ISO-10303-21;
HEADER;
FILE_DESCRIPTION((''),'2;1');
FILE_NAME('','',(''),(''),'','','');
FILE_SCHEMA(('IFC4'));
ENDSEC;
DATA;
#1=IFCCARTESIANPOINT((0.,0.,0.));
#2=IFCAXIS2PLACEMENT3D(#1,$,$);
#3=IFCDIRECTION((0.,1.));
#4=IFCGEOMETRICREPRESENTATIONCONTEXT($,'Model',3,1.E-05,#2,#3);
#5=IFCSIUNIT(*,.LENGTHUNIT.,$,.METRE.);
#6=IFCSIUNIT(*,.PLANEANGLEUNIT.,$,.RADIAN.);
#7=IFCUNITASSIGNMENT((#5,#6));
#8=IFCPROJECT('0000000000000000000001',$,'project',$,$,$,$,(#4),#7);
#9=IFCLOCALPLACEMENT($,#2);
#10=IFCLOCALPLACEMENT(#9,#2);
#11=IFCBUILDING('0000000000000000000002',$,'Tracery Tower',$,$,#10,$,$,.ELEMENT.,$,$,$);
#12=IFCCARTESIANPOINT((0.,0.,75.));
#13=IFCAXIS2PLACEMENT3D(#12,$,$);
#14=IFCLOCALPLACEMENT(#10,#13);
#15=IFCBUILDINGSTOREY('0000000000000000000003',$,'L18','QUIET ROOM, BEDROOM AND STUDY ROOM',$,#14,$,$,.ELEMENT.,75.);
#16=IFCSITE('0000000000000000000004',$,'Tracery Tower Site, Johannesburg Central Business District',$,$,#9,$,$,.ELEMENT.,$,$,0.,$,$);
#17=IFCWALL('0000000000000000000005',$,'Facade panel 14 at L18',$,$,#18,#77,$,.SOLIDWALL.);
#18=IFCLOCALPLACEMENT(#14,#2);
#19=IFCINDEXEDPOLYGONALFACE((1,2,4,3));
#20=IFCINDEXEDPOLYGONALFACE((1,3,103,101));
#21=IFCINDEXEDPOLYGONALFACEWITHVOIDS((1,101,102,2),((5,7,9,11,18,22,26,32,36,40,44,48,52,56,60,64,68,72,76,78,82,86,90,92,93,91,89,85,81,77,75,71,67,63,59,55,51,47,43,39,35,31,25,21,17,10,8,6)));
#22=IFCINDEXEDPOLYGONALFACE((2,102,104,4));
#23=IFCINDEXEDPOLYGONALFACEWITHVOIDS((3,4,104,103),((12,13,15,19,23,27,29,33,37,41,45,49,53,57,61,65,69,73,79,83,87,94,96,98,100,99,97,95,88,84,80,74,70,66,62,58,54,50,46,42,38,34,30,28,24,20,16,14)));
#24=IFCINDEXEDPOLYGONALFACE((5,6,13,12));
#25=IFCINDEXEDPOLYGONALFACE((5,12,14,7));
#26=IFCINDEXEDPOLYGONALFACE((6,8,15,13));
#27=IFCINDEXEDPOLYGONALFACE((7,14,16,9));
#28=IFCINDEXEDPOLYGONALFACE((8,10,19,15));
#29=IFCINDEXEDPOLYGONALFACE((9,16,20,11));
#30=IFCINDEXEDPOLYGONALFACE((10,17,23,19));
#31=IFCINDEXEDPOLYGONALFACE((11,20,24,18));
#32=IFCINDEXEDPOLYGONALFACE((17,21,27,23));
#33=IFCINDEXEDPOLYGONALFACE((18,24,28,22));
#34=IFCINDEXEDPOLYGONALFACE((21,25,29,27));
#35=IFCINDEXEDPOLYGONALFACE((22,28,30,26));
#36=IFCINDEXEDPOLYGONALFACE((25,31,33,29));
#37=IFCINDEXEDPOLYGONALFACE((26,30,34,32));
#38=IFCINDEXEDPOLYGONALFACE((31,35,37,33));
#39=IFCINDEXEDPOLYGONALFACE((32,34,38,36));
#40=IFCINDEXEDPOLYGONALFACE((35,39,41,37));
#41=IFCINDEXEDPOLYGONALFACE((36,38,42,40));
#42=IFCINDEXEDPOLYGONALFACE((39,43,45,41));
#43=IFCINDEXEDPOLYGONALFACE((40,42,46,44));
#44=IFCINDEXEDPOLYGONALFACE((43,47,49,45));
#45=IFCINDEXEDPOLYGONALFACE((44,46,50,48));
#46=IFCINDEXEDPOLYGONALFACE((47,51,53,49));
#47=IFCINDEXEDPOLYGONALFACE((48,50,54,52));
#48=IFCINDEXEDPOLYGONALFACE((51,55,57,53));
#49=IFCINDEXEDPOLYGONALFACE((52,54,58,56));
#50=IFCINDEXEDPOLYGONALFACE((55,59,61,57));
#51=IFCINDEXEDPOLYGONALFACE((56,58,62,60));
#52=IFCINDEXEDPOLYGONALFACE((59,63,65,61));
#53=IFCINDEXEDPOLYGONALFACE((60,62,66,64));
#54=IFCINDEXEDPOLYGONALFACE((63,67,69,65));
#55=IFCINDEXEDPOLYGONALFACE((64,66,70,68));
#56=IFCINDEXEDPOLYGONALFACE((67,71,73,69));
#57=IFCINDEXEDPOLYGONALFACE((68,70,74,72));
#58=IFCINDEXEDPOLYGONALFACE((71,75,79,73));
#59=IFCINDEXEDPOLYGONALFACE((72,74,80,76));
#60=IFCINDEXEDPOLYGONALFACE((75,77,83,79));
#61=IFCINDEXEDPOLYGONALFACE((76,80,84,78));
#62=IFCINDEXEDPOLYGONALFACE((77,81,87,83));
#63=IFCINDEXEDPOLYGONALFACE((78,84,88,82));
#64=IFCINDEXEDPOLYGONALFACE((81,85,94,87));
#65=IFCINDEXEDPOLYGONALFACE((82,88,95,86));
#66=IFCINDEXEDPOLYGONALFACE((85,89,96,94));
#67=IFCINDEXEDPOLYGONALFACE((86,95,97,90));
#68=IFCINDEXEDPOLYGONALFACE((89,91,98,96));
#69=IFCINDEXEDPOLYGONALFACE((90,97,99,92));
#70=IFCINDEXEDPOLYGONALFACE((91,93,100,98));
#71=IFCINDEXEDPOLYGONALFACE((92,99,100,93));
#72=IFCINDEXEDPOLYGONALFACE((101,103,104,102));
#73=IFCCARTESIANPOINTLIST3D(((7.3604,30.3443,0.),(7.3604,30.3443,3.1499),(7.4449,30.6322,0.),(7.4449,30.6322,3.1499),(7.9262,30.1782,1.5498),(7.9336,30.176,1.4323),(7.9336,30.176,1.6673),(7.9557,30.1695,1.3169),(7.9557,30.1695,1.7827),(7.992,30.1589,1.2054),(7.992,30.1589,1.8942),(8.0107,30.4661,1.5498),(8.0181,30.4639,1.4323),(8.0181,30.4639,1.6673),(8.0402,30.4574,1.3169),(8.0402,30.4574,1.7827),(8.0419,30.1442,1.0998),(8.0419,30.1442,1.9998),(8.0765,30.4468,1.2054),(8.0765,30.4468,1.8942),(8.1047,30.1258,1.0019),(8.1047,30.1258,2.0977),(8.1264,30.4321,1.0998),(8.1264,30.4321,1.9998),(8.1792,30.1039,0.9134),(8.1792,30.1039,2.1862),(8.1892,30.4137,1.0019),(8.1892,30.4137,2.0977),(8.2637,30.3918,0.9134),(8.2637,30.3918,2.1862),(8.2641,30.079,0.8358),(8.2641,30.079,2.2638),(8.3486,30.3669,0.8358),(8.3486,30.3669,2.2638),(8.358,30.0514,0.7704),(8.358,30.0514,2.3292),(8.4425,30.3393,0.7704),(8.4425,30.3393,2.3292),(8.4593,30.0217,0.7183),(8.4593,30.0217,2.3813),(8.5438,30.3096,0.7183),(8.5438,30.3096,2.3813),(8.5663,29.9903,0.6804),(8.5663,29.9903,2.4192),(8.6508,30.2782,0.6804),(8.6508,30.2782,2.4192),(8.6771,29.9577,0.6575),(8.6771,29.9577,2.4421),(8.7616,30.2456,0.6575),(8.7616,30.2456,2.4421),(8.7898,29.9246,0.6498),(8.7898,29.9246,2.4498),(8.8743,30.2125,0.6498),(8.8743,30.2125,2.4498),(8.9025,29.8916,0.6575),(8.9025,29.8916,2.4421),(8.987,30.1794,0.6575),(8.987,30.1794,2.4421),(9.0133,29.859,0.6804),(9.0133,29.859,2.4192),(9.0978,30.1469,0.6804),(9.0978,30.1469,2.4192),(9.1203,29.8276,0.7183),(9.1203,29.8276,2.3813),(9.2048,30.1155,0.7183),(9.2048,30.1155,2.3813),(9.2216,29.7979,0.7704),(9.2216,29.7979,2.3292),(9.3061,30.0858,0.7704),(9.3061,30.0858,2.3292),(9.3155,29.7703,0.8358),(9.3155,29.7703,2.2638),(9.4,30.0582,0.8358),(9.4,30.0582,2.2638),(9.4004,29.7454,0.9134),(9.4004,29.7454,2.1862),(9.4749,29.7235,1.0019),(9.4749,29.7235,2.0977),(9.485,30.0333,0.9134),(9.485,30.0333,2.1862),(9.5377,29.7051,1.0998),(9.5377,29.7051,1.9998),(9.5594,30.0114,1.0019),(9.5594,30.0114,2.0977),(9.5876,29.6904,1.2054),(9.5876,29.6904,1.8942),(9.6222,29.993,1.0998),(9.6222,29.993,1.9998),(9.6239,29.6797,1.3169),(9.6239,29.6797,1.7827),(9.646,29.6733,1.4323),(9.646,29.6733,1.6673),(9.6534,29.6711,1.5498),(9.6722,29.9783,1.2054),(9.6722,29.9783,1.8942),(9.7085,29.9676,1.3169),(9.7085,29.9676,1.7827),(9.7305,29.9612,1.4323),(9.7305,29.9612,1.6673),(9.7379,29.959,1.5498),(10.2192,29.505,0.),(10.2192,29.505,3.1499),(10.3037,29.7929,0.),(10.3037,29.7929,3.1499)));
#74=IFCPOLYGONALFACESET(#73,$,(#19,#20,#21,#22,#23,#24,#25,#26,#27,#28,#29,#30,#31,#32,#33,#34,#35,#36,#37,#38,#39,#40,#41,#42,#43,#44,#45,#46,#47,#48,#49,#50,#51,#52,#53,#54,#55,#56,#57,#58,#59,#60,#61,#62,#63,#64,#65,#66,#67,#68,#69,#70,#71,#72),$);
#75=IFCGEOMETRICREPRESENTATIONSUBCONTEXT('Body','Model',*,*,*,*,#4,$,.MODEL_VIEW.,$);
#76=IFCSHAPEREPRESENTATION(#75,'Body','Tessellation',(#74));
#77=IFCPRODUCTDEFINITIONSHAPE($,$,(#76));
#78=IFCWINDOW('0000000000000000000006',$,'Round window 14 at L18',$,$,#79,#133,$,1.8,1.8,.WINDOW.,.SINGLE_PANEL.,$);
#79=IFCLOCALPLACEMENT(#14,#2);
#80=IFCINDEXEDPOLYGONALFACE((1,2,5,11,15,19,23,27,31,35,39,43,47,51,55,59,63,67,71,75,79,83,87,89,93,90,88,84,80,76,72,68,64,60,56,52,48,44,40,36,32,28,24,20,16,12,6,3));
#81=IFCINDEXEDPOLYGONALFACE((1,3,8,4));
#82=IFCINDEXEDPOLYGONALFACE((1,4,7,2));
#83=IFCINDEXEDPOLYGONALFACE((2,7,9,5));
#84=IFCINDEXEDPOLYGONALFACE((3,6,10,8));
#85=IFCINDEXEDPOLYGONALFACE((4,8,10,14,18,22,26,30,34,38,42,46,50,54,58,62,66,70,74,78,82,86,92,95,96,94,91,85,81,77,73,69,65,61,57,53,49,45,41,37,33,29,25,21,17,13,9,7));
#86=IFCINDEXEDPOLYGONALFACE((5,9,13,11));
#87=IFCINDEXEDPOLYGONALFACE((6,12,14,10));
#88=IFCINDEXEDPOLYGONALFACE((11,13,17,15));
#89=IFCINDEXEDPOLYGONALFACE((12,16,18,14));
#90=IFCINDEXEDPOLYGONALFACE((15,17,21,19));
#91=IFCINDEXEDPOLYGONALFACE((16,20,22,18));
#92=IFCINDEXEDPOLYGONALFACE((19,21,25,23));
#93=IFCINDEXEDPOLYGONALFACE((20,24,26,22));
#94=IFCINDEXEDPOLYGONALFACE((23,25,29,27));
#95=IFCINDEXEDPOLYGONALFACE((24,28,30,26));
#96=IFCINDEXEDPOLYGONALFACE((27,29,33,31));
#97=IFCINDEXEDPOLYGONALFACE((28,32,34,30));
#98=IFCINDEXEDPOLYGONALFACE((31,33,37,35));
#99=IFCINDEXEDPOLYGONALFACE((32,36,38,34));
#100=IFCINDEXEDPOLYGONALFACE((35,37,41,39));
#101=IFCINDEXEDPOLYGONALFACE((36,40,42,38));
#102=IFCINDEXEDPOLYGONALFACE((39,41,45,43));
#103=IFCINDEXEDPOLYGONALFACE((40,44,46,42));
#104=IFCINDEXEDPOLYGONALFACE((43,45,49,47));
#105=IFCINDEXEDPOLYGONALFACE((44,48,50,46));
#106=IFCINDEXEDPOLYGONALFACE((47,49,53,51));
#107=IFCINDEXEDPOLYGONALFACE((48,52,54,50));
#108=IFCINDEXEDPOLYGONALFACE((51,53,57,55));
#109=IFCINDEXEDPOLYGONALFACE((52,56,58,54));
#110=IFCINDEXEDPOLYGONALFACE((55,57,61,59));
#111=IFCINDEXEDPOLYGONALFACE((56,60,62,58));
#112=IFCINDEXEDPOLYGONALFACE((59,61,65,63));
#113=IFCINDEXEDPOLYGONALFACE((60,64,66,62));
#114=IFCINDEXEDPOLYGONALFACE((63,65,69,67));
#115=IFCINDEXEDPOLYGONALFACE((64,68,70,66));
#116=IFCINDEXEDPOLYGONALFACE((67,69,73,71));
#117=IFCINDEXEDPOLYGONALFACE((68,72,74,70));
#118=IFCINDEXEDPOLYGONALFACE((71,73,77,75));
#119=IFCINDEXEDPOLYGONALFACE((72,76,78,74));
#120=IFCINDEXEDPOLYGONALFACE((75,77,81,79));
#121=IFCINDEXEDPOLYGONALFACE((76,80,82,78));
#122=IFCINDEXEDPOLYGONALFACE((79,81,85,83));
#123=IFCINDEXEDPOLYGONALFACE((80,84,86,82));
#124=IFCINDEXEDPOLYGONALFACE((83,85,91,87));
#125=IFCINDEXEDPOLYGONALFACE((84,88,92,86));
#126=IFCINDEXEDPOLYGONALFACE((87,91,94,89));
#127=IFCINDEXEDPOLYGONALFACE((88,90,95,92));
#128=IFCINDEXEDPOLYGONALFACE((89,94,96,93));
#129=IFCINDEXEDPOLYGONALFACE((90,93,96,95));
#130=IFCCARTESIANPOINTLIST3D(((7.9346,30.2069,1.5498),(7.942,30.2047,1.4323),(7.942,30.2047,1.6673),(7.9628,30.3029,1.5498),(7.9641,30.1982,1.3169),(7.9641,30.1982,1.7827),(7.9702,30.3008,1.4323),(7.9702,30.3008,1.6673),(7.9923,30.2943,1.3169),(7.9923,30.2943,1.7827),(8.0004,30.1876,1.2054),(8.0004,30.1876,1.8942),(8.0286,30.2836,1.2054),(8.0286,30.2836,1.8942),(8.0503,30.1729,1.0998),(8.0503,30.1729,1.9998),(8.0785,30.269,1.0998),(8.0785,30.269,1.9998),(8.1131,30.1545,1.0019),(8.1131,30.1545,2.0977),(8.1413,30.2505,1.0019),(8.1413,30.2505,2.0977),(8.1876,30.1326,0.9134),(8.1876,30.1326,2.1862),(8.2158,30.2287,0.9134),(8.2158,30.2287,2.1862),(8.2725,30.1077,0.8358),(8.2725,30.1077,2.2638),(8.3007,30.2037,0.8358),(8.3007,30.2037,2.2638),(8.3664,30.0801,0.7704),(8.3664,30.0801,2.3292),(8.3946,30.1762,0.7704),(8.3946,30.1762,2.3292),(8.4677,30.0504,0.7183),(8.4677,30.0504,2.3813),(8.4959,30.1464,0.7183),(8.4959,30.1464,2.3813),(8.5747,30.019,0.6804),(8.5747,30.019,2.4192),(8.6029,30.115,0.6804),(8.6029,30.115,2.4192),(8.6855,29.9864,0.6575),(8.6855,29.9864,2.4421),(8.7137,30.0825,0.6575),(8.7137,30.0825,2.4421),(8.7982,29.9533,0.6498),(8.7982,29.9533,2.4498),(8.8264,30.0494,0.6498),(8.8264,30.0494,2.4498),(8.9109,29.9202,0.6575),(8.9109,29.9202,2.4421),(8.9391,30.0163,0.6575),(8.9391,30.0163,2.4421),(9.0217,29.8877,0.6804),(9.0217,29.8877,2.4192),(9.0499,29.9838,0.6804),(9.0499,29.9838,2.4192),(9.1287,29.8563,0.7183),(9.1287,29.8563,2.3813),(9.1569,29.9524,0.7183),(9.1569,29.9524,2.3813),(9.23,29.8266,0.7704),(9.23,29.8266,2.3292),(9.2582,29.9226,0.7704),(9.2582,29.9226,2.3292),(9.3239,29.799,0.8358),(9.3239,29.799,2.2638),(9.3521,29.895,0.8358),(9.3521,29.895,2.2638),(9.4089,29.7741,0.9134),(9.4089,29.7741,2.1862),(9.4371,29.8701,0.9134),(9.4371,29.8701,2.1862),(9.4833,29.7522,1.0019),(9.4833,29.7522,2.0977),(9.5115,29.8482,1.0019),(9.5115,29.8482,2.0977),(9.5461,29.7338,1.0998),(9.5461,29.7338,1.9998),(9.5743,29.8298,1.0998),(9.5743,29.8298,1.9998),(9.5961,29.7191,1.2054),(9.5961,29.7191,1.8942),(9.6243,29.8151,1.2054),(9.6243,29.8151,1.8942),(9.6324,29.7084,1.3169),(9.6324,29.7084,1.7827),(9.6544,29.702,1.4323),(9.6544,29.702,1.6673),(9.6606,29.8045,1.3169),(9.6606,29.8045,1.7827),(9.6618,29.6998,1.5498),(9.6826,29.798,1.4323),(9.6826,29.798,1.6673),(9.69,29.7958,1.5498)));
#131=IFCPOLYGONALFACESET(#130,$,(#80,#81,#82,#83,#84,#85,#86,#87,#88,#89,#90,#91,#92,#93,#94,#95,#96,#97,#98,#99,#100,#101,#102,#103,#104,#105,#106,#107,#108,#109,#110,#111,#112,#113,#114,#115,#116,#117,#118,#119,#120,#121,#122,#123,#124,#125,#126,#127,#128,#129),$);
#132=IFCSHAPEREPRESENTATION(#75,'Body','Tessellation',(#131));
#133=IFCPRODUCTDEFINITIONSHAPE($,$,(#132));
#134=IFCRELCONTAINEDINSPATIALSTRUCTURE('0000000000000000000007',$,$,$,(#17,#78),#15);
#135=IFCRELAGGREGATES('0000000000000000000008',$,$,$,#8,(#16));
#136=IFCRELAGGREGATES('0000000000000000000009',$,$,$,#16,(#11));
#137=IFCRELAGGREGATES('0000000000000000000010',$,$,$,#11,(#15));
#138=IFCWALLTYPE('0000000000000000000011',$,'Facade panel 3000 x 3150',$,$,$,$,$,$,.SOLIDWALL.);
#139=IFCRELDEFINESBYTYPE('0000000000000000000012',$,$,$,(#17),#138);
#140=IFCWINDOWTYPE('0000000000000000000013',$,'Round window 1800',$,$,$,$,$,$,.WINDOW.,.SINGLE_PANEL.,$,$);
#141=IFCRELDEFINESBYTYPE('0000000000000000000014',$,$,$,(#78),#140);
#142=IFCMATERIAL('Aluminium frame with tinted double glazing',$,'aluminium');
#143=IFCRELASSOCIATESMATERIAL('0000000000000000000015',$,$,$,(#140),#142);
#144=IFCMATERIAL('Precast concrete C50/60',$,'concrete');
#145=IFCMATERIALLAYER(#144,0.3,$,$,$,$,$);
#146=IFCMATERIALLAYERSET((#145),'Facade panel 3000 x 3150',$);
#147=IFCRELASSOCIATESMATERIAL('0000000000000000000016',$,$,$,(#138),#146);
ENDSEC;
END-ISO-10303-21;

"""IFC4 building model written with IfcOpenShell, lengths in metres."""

from ifc_helpers import new_model, si_unit, direction, frame, frame_2d, origin, origin_2d, place, context, subcontext, project, spatial, rectangle, circle, extrude, material, layer, layer_set, type_object, element, fill, save


model = new_model("IFC4")

# Units and contexts
model_context = context("Model", 3, precision=1e-05, world=origin(), true_north=direction((0.0, 1.0)))
body_context = subcontext(model_context, "Body", "Model", "MODEL_VIEW")
ifc_project = project(units=[si_unit("LENGTHUNIT", "METRE"), si_unit("PLANEANGLEUNIT", "RADIAN")], contexts=[model_context])

# Site, building, storey
site_placement = place(None, origin())
site = spatial("IfcSite", under=ifc_project, at=site_placement, Name="Tracery Tower Site, Johannesburg Central Business District", CompositionType="ELEMENT", RefElevation=0.0)
building_placement = place(site_placement, origin())
building = spatial("IfcBuilding", under=site, at=building_placement, Name="Tracery Tower", CompositionType="ELEMENT")
storey_placement = place(building_placement, frame((0.0, 0.0, 75.0)))
storey = spatial("IfcBuildingStorey", under=building, at=storey_placement, Name="L18", Description="QUIET ROOM, BEDROOM AND STUDY ROOM", CompositionType="ELEMENT", Elevation=75.0)

# Wall, opening, window
ifc_material_1 = material(Name="Aluminium frame with tinted double glazing", Category="aluminium")
window_type = type_object("IfcWindowType", Name="Round window 1800", PartitioningType="SINGLE_PANEL", PredefinedType="WINDOW", material=ifc_material_1)
ifc_material_2 = material(Name="Precast concrete C50/60", Category="concrete")
ifc_layer_1 = layer(ifc_material_2, 0.3)
ifc_layer_set_1 = layer_set([ifc_layer_1], Name="Facade panel 3000 x 3150")
wall_type_1 = type_object("IfcWallType", Name="Facade panel 3000 x 3150", PredefinedType="SOLIDWALL", material=ifc_layer_set_1)
wall_1_placement = place(storey_placement, frame((10.2615, 29.6489, 0.0), z_axis=(0.0, 0.0, 1.0), x_axis=(-0.959501, 0.281705, 0.0)))
wall_1 = element("IfcWall", 1, at=wall_1_placement, inside=storey, type_object=wall_type_1, Name="Facade panel 14 at L18", PredefinedType="SOLIDWALL", context=body_context, shape_type="SweptSolid", body=[
    extrude(rectangle(XDim=2.9795, YDim=0.3, at=frame_2d((1.4897, 0.0))), origin(), (0.0, 0.0, 1.0), 3.1499),
])
opening_1_placement = place(wall_1_placement, frame((1.4897, 0.0, 1.5498)))
opening_1 = element("IfcOpeningElement", 2, at=opening_1_placement, cuts=wall_1, PredefinedType="OPENING", context=body_context, shape_type="SweptSolid", body=[
    extrude(circle(Radius=0.9, at=origin_2d()), frame((0.0, 0.1599, 0.0), z_axis=(0.0, -1.0, 0.0), x_axis=(1.0, 0.0, 0.0)), (0.0, 0.0, 1.0), 0.3201),
])
window_1_placement = place(opening_1_placement, origin())
window_1 = element("IfcWindow", 3, at=window_1_placement, inside=storey, type_object=window_type, Name="Round window 14 at L18", OverallHeight=1.8, OverallWidth=1.8, PartitioningType="SINGLE_PANEL", PredefinedType="WINDOW", context=body_context, shape_type="SweptSolid", body=[
    extrude(circle(Radius=0.9, at=origin_2d()), frame((0.0, 0.1201, 0.0), z_axis=(0.0, -1.0, 0.0), x_axis=(1.0, 0.0, 0.0)), (0.0, 0.0, 1.0), 0.1001),
])
fill(opening_1, window_1)

save(model, "model.ifc")
